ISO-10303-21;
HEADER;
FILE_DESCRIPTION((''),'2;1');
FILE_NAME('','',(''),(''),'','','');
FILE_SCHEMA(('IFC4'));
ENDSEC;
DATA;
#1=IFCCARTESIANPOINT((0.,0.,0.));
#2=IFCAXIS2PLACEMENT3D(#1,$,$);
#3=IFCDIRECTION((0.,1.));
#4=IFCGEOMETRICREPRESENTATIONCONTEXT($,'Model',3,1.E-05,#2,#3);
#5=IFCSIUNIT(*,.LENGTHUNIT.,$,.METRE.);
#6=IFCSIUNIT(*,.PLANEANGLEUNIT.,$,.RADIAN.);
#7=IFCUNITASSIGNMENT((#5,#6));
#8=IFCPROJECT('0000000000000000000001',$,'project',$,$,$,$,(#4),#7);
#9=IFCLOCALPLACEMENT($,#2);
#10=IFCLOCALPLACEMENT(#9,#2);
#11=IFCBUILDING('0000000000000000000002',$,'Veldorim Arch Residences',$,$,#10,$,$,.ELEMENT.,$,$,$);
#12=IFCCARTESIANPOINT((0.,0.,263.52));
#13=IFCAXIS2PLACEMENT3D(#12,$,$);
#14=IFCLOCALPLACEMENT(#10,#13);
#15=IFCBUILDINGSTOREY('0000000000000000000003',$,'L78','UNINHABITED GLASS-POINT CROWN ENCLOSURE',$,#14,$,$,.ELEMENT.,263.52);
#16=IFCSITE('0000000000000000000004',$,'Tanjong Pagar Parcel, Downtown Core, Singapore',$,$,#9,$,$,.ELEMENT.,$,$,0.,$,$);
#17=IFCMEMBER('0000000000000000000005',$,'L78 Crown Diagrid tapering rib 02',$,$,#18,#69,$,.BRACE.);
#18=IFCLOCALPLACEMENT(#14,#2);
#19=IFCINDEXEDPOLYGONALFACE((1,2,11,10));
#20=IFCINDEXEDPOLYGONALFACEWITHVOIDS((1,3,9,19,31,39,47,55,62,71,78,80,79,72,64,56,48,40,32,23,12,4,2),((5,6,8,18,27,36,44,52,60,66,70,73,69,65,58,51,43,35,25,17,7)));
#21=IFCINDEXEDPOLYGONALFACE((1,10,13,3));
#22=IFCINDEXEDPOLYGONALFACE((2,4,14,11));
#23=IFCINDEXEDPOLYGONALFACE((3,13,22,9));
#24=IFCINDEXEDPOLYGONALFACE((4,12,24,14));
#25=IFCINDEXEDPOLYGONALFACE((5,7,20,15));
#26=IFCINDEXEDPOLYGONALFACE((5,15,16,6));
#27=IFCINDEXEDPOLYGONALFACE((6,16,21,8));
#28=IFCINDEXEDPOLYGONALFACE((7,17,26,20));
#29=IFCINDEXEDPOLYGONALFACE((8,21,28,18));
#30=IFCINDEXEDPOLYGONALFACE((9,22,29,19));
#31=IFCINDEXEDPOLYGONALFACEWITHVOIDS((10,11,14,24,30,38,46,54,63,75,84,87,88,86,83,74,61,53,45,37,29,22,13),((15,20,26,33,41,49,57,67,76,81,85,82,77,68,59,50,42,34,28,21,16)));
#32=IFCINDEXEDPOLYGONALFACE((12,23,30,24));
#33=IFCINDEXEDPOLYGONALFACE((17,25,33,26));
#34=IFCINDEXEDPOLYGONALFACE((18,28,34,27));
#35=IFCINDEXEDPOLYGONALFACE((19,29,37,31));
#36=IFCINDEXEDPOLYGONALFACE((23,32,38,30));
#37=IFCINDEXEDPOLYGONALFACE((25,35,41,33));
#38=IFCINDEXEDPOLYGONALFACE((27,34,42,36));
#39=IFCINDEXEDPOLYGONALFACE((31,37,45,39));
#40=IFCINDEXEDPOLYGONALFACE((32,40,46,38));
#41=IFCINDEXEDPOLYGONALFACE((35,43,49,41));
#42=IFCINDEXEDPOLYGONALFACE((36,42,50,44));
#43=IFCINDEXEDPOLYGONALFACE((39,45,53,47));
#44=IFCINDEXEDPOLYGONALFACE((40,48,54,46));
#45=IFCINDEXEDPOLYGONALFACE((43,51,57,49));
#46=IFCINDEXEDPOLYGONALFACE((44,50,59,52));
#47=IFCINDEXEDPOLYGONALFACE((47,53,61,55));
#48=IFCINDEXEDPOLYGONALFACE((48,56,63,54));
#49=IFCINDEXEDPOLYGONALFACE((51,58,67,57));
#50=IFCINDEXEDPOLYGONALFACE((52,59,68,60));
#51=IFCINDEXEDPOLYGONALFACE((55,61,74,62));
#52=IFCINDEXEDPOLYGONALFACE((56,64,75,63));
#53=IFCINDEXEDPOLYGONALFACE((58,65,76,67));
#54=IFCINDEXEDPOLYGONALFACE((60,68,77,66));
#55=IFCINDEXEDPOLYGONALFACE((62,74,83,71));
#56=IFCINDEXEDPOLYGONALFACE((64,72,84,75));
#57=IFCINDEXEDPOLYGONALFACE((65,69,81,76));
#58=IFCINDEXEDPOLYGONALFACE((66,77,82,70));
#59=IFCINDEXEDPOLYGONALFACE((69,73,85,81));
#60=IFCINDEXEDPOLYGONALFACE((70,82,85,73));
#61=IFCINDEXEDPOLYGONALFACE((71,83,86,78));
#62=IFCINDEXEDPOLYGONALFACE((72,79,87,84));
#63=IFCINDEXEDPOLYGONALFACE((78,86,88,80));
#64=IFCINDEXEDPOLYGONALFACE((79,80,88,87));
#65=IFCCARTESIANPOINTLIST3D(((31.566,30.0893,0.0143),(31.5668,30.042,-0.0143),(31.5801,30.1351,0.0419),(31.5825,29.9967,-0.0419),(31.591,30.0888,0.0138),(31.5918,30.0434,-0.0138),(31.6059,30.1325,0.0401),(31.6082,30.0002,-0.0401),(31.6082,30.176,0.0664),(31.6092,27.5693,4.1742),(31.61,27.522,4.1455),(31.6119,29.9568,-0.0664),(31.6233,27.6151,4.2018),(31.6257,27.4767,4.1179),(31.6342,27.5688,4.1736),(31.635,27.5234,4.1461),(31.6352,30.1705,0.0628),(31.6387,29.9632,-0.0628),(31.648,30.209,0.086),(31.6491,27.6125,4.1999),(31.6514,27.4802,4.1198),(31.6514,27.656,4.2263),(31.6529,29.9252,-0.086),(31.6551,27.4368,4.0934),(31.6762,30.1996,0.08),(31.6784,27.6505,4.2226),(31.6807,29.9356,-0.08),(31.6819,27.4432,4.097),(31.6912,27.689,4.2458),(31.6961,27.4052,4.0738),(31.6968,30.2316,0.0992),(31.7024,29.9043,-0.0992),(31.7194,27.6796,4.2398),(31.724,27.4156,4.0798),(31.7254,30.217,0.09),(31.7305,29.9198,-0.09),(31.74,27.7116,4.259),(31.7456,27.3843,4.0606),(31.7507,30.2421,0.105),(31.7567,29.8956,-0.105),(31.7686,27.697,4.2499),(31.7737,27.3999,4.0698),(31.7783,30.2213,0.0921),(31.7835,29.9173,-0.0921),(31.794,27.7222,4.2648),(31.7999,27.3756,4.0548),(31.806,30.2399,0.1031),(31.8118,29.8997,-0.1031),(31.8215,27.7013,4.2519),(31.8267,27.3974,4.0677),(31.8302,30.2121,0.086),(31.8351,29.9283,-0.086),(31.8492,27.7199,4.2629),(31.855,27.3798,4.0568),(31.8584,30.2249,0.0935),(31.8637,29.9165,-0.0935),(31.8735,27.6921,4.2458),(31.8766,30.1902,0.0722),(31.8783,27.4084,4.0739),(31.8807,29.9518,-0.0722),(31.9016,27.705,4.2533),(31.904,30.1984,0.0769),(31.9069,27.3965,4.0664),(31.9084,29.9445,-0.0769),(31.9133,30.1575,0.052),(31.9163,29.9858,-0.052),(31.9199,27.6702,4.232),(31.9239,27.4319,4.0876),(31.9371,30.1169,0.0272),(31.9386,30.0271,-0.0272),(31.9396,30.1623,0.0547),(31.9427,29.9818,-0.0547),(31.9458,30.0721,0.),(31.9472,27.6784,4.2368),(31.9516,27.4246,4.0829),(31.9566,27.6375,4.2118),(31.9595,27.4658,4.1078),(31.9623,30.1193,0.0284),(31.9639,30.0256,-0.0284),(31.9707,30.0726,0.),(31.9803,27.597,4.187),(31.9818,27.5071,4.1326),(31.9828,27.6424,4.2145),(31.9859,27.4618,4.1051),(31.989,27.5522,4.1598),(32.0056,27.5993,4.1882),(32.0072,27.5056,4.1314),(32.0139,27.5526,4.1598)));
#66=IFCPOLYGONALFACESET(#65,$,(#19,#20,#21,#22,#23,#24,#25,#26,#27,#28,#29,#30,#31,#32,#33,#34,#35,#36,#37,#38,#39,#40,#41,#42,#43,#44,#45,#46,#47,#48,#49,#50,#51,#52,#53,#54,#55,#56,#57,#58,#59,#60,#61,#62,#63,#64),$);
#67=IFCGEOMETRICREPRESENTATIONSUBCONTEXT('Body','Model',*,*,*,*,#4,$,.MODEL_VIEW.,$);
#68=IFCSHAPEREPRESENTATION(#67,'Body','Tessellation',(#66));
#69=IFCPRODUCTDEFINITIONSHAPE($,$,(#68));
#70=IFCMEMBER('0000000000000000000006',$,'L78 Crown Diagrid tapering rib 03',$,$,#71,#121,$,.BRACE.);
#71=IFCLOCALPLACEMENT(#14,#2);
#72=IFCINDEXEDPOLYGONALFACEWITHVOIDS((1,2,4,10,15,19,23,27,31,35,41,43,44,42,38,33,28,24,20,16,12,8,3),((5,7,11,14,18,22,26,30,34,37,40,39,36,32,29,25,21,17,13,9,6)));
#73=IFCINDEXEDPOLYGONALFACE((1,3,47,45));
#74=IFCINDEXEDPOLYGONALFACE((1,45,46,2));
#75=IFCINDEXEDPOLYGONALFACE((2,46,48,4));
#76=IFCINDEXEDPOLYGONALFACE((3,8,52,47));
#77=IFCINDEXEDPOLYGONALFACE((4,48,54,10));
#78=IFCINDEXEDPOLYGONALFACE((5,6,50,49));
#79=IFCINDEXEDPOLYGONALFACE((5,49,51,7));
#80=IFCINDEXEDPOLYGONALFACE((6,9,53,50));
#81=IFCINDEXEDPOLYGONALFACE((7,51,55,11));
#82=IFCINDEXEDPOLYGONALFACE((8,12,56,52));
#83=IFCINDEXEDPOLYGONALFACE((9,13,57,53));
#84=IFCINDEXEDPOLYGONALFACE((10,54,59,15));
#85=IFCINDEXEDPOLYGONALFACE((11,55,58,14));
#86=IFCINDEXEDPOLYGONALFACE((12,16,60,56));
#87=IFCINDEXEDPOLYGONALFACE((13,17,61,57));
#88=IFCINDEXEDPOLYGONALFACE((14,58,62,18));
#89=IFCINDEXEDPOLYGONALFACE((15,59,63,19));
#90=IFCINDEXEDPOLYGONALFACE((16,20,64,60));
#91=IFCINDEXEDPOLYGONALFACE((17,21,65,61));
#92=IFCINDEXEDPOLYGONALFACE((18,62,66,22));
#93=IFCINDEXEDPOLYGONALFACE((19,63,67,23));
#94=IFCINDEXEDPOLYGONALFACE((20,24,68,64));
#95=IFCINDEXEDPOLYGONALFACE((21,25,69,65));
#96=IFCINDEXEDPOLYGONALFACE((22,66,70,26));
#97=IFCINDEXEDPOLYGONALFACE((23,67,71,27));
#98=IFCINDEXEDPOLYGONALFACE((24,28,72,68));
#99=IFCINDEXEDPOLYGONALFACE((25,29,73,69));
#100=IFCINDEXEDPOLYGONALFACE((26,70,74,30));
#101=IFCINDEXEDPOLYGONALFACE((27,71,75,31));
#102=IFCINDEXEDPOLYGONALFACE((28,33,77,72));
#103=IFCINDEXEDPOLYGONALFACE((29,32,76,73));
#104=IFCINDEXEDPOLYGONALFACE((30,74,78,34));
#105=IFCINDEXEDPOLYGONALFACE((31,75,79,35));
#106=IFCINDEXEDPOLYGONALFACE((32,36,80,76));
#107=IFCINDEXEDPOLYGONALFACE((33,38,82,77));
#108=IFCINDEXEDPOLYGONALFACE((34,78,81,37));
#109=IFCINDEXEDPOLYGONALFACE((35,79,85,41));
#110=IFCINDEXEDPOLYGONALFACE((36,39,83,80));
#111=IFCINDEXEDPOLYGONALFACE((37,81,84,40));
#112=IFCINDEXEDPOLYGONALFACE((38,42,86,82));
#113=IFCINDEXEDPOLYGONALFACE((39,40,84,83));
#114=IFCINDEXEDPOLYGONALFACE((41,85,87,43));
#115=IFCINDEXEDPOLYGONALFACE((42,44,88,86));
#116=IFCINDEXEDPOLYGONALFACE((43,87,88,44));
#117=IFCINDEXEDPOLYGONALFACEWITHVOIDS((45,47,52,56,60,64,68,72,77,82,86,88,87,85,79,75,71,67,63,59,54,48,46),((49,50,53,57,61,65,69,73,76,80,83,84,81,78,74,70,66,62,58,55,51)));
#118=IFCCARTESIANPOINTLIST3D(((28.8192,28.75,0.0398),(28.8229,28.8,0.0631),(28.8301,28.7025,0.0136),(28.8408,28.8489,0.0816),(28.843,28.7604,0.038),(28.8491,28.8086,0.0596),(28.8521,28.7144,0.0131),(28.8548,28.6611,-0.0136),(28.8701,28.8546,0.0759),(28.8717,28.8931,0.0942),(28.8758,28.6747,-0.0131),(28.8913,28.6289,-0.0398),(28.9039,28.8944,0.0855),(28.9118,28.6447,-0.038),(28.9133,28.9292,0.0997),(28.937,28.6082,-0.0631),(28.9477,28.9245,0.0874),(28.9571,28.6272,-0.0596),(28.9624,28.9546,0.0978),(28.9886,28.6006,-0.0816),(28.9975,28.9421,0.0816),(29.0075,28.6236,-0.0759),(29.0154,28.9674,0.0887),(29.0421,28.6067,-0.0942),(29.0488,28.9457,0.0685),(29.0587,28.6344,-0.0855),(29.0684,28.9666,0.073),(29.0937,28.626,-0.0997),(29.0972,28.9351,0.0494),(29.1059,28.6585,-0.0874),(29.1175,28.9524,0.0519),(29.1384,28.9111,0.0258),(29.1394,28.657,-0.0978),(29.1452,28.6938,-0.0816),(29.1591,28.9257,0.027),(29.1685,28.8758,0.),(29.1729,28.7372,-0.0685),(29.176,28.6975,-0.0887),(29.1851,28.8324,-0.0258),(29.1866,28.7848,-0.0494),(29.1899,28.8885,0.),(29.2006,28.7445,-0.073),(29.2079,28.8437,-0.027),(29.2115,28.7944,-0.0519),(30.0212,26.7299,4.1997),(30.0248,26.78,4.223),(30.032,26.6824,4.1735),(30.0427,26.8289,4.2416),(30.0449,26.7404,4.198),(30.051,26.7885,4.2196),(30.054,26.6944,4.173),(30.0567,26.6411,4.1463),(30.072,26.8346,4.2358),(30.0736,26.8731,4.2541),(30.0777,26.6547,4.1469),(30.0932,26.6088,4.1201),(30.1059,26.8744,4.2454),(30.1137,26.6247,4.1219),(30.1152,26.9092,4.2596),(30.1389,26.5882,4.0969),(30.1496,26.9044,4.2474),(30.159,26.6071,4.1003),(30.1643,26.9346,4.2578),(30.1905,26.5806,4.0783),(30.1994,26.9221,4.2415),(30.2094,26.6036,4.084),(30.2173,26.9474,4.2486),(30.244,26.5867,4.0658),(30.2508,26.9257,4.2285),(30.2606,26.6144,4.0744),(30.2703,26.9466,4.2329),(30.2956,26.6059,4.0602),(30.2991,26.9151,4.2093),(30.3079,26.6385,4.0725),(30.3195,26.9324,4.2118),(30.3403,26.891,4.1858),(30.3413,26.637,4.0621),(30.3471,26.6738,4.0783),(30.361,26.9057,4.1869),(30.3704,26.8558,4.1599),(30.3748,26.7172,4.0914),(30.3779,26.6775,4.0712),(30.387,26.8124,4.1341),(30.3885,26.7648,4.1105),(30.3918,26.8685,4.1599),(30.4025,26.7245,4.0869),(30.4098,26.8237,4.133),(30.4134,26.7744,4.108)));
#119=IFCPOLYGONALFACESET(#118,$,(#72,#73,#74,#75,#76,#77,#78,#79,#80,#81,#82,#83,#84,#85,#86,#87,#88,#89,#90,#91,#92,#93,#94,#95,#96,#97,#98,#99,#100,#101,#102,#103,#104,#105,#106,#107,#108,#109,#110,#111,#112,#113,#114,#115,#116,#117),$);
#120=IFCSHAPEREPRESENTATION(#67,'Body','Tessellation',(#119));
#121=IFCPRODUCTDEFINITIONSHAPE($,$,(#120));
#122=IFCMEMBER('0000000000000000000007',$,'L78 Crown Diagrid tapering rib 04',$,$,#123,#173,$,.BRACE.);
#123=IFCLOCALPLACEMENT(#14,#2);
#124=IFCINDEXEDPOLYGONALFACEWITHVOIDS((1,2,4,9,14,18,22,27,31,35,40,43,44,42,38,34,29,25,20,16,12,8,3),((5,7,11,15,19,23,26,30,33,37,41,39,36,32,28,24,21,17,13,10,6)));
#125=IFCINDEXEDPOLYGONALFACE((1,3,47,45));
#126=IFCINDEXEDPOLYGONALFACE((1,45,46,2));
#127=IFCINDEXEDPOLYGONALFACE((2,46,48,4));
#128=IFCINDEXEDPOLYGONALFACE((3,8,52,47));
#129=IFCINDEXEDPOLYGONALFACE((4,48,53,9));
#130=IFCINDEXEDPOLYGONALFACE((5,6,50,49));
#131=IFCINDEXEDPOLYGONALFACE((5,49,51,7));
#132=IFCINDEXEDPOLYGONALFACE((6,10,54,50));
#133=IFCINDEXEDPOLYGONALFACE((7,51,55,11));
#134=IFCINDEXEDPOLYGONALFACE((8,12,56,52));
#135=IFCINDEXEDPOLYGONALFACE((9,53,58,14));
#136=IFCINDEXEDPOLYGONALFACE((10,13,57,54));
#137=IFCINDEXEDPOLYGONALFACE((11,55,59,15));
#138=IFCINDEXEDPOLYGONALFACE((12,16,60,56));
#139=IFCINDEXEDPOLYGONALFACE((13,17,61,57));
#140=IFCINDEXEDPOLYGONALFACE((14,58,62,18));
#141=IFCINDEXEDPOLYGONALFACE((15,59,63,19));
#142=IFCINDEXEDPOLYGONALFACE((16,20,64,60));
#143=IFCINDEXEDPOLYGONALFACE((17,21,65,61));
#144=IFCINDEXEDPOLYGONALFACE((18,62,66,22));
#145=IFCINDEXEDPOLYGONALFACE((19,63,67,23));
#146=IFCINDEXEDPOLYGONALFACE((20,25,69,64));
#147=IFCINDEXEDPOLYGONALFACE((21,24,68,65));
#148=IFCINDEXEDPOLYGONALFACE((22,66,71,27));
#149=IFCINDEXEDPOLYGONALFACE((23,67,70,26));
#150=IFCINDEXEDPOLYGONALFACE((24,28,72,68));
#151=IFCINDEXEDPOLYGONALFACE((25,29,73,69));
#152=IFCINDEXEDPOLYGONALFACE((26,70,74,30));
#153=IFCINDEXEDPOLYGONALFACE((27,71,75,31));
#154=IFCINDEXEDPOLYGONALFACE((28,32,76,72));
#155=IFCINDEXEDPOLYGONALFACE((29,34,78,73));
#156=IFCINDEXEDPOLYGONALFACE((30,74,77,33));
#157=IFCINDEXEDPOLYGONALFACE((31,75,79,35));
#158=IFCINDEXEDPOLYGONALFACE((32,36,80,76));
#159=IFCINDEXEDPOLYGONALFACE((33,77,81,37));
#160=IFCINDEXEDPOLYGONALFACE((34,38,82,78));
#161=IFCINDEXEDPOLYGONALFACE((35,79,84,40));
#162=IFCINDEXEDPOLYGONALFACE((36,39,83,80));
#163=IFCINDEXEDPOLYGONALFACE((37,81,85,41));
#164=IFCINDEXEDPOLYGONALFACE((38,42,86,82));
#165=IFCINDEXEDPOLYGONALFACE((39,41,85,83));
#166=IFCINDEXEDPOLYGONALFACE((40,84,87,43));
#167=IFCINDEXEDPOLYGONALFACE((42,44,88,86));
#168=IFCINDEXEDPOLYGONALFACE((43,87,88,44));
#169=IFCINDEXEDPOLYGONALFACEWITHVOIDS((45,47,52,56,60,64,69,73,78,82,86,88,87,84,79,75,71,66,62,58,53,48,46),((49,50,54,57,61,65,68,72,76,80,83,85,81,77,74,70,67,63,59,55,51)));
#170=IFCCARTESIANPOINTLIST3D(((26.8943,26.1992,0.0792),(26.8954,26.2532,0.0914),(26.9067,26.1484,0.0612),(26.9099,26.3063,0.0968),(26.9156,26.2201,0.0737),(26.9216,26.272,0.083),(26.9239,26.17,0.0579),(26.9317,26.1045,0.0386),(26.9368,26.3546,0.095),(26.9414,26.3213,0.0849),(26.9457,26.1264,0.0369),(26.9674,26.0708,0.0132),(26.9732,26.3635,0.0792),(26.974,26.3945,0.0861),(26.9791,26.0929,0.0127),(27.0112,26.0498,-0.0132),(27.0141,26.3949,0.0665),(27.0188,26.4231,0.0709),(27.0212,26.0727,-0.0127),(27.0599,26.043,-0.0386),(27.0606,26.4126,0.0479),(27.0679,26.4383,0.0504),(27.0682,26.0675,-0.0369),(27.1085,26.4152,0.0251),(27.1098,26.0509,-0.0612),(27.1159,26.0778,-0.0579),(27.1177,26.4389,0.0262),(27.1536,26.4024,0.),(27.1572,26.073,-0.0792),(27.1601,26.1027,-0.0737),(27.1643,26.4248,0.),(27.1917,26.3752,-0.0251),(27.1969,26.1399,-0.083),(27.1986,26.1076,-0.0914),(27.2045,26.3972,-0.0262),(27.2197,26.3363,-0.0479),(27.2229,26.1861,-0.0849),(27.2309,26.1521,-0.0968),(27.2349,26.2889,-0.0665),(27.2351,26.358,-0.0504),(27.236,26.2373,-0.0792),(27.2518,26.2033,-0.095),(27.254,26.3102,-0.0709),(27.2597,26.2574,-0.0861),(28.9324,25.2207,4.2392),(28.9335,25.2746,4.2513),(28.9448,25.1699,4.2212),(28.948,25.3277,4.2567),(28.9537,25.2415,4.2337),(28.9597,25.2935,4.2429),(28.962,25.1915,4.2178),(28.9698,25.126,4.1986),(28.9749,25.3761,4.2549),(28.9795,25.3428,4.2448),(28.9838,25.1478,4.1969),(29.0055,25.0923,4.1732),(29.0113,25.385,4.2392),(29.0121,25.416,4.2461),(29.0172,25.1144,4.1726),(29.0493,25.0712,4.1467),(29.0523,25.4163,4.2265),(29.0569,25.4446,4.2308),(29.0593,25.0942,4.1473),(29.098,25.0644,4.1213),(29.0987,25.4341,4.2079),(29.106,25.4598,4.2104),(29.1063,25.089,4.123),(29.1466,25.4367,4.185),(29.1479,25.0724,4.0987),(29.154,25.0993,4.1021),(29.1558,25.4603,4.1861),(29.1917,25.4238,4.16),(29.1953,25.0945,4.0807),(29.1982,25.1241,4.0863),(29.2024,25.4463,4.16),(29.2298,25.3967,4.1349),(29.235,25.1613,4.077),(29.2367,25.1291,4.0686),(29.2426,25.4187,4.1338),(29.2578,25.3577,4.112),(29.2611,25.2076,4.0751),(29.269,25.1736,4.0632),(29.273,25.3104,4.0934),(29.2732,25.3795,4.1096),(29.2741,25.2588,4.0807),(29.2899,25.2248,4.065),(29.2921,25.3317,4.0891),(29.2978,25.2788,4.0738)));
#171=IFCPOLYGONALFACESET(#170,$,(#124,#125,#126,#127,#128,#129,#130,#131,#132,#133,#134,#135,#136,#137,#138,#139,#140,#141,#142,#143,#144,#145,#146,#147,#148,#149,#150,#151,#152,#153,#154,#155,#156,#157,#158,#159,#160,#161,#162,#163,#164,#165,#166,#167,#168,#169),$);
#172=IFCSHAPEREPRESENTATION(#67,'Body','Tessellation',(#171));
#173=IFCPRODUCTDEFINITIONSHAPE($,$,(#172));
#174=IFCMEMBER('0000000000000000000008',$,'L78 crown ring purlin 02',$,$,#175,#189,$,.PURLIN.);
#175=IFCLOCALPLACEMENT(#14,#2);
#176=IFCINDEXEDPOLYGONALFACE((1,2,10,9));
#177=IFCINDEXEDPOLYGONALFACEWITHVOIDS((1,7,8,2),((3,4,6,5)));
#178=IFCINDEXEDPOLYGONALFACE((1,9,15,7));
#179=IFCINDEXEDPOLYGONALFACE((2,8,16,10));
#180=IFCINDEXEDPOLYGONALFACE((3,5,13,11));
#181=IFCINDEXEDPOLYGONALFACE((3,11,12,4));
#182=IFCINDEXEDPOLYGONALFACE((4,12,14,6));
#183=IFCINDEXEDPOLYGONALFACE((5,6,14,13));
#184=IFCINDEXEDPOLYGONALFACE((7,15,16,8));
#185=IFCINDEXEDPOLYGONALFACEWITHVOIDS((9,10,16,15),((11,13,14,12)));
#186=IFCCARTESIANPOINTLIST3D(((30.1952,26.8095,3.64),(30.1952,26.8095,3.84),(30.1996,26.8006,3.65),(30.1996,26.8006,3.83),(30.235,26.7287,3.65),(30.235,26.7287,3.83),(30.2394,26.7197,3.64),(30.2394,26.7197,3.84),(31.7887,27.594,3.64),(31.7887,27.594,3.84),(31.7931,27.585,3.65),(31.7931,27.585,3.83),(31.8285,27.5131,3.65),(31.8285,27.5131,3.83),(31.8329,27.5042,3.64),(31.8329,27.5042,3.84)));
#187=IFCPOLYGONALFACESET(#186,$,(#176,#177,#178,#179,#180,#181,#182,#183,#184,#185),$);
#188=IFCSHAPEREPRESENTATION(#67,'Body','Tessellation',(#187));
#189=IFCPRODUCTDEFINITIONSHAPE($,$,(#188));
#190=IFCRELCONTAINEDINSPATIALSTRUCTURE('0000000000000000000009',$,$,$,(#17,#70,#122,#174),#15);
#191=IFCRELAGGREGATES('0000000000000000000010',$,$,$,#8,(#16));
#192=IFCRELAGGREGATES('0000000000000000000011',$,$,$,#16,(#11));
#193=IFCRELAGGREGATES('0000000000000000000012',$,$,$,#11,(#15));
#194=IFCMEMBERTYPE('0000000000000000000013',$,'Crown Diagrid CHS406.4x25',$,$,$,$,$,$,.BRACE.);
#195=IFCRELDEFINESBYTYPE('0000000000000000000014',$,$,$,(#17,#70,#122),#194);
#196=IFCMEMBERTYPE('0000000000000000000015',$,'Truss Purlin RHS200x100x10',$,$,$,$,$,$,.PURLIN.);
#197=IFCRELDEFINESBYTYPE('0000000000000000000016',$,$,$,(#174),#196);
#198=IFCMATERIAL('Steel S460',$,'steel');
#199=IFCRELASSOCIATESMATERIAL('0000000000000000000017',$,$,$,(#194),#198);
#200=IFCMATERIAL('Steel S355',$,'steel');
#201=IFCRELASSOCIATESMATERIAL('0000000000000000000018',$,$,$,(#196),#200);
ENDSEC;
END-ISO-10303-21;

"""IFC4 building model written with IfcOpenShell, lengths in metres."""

from ifc_helpers import new_model, si_unit, direction, frame, origin, origin_2d, place, context, subcontext, project, spatial, hollow_rectangle, hollow_circle, extrude, material, material_profile, profile_set, type_object, element, save


model = new_model("IFC4")

# Units and contexts
model_context = context("Model", 3, precision=1e-05, world=origin(), true_north=direction((0.0, 1.0)))
body_context = subcontext(model_context, "Body", "Model", "MODEL_VIEW")
ifc_project = project(units=[si_unit("LENGTHUNIT", "METRE"), si_unit("PLANEANGLEUNIT", "RADIAN")], contexts=[model_context])

# Site, building, storey
site_placement = place(None, origin())
site = spatial("IfcSite", under=ifc_project, at=site_placement, Name="Tanjong Pagar Parcel, Downtown Core, Singapore", CompositionType="ELEMENT", RefElevation=0.0)
building_placement = place(site_placement, origin())
building = spatial("IfcBuilding", under=site, at=building_placement, Name="Veldorim Arch Residences", CompositionType="ELEMENT")
storey_placement = place(building_placement, frame((0.0, 0.0, 263.52)))
storey = spatial("IfcBuildingStorey", under=building, at=storey_placement, Name="L78", Description="UNINHABITED GLASS-POINT CROWN ENCLOSURE", CompositionType="ELEMENT", Elevation=263.52)

# Members
ifc_material_1 = material(Name="Steel S460", Category="steel")
ifc_material_profile_1 = material_profile(ifc_material_1, hollow_circle(Radius=0.2031, WallThickness=0.0249, at=origin_2d()), Name="CHS406.4x25")
ifc_profile_set_1 = profile_set([ifc_material_profile_1], Name="Steel S460")
member_type_1 = type_object("IfcMemberType", Name="Crown Diagrid CHS406.4x25", PredefinedType="BRACE", material=ifc_profile_set_1)
member_1_placement = place(storey_placement, frame((31.7676, 30.0691, 0.0), z_axis=(0.008884, -0.51811, 0.855268), x_axis=(0.999853, 0.017145, 0.0)))
element("IfcMember", 1, at=member_1_placement, inside=storey, type_object=member_type_1, Name="L78 Crown Diagrid tapering rib 02", PredefinedType="BRACE", context=body_context, shape_type="SweptSolid", body=[
    extrude(hollow_circle(Radius=0.2031, WallThickness=0.0249, at=origin_2d()), origin(), (0.0, 0.0, 1.0), 4.8638),
])
member_2_placement = place(storey_placement, frame((29.0154, 28.7847, 0.0), z_axis=(0.251546, -0.422769, 0.870627), x_axis=(0.859384, 0.51133, 0.0)))
element("IfcMember", 2, at=member_2_placement, inside=storey, type_object=member_type_1, Name="L78 Crown Diagrid tapering rib 03", PredefinedType="BRACE", context=body_context, shape_type="SweptSolid", body=[
    extrude(hollow_circle(Radius=0.2031, WallThickness=0.0249, at=origin_2d()), origin(), (0.0, 0.0, 1.0), 4.7781),
])
member_3_placement = place(storey_placement, frame((27.0764, 26.2417, 0.0), z_axis=(0.430469, -0.206675, 0.878625), x_axis=(0.432815, 0.901483, 0.0)))
element("IfcMember", 3, at=member_3_placement, inside=storey, type_object=member_type_1, Name="L78 Crown Diagrid tapering rib 04", PredefinedType="BRACE", context=body_context, shape_type="SweptSolid", body=[
    extrude(hollow_circle(Radius=0.2031, WallThickness=0.0249, at=origin_2d()), origin(), (0.0, 0.0, 1.0), 4.7346),
])
ifc_material_2 = material(Name="Steel S355", Category="steel")
ifc_material_profile_2 = material_profile(ifc_material_2, hollow_rectangle(XDim=0.1001, YDim=0.2, WallThickness=0.01, at=origin_2d()), Name="RHS200x100x10")
ifc_profile_set_2 = profile_set([ifc_material_profile_2], Name="Steel S355")
member_type_2 = type_object("IfcMemberType", Name="Truss Purlin RHS200x100x10", PredefinedType="PURLIN", material=ifc_profile_set_2)
member_4_placement = place(storey_placement, frame((31.8108, 27.5491, 3.74), z_axis=(-0.897187, -0.441652, 0.0), x_axis=(0.441652, -0.897187, 0.0)))
element("IfcMember", 4, at=member_4_placement, inside=storey, type_object=member_type_2, Name="L78 crown ring purlin 02", PredefinedType="PURLIN", context=body_context, shape_type="SweptSolid", body=[
    extrude(hollow_rectangle(XDim=0.1001, YDim=0.2, WallThickness=0.01, at=origin_2d()), origin(), (0.0, 0.0, 1.0), 1.7761),
])

save(model, "model.ifc")
